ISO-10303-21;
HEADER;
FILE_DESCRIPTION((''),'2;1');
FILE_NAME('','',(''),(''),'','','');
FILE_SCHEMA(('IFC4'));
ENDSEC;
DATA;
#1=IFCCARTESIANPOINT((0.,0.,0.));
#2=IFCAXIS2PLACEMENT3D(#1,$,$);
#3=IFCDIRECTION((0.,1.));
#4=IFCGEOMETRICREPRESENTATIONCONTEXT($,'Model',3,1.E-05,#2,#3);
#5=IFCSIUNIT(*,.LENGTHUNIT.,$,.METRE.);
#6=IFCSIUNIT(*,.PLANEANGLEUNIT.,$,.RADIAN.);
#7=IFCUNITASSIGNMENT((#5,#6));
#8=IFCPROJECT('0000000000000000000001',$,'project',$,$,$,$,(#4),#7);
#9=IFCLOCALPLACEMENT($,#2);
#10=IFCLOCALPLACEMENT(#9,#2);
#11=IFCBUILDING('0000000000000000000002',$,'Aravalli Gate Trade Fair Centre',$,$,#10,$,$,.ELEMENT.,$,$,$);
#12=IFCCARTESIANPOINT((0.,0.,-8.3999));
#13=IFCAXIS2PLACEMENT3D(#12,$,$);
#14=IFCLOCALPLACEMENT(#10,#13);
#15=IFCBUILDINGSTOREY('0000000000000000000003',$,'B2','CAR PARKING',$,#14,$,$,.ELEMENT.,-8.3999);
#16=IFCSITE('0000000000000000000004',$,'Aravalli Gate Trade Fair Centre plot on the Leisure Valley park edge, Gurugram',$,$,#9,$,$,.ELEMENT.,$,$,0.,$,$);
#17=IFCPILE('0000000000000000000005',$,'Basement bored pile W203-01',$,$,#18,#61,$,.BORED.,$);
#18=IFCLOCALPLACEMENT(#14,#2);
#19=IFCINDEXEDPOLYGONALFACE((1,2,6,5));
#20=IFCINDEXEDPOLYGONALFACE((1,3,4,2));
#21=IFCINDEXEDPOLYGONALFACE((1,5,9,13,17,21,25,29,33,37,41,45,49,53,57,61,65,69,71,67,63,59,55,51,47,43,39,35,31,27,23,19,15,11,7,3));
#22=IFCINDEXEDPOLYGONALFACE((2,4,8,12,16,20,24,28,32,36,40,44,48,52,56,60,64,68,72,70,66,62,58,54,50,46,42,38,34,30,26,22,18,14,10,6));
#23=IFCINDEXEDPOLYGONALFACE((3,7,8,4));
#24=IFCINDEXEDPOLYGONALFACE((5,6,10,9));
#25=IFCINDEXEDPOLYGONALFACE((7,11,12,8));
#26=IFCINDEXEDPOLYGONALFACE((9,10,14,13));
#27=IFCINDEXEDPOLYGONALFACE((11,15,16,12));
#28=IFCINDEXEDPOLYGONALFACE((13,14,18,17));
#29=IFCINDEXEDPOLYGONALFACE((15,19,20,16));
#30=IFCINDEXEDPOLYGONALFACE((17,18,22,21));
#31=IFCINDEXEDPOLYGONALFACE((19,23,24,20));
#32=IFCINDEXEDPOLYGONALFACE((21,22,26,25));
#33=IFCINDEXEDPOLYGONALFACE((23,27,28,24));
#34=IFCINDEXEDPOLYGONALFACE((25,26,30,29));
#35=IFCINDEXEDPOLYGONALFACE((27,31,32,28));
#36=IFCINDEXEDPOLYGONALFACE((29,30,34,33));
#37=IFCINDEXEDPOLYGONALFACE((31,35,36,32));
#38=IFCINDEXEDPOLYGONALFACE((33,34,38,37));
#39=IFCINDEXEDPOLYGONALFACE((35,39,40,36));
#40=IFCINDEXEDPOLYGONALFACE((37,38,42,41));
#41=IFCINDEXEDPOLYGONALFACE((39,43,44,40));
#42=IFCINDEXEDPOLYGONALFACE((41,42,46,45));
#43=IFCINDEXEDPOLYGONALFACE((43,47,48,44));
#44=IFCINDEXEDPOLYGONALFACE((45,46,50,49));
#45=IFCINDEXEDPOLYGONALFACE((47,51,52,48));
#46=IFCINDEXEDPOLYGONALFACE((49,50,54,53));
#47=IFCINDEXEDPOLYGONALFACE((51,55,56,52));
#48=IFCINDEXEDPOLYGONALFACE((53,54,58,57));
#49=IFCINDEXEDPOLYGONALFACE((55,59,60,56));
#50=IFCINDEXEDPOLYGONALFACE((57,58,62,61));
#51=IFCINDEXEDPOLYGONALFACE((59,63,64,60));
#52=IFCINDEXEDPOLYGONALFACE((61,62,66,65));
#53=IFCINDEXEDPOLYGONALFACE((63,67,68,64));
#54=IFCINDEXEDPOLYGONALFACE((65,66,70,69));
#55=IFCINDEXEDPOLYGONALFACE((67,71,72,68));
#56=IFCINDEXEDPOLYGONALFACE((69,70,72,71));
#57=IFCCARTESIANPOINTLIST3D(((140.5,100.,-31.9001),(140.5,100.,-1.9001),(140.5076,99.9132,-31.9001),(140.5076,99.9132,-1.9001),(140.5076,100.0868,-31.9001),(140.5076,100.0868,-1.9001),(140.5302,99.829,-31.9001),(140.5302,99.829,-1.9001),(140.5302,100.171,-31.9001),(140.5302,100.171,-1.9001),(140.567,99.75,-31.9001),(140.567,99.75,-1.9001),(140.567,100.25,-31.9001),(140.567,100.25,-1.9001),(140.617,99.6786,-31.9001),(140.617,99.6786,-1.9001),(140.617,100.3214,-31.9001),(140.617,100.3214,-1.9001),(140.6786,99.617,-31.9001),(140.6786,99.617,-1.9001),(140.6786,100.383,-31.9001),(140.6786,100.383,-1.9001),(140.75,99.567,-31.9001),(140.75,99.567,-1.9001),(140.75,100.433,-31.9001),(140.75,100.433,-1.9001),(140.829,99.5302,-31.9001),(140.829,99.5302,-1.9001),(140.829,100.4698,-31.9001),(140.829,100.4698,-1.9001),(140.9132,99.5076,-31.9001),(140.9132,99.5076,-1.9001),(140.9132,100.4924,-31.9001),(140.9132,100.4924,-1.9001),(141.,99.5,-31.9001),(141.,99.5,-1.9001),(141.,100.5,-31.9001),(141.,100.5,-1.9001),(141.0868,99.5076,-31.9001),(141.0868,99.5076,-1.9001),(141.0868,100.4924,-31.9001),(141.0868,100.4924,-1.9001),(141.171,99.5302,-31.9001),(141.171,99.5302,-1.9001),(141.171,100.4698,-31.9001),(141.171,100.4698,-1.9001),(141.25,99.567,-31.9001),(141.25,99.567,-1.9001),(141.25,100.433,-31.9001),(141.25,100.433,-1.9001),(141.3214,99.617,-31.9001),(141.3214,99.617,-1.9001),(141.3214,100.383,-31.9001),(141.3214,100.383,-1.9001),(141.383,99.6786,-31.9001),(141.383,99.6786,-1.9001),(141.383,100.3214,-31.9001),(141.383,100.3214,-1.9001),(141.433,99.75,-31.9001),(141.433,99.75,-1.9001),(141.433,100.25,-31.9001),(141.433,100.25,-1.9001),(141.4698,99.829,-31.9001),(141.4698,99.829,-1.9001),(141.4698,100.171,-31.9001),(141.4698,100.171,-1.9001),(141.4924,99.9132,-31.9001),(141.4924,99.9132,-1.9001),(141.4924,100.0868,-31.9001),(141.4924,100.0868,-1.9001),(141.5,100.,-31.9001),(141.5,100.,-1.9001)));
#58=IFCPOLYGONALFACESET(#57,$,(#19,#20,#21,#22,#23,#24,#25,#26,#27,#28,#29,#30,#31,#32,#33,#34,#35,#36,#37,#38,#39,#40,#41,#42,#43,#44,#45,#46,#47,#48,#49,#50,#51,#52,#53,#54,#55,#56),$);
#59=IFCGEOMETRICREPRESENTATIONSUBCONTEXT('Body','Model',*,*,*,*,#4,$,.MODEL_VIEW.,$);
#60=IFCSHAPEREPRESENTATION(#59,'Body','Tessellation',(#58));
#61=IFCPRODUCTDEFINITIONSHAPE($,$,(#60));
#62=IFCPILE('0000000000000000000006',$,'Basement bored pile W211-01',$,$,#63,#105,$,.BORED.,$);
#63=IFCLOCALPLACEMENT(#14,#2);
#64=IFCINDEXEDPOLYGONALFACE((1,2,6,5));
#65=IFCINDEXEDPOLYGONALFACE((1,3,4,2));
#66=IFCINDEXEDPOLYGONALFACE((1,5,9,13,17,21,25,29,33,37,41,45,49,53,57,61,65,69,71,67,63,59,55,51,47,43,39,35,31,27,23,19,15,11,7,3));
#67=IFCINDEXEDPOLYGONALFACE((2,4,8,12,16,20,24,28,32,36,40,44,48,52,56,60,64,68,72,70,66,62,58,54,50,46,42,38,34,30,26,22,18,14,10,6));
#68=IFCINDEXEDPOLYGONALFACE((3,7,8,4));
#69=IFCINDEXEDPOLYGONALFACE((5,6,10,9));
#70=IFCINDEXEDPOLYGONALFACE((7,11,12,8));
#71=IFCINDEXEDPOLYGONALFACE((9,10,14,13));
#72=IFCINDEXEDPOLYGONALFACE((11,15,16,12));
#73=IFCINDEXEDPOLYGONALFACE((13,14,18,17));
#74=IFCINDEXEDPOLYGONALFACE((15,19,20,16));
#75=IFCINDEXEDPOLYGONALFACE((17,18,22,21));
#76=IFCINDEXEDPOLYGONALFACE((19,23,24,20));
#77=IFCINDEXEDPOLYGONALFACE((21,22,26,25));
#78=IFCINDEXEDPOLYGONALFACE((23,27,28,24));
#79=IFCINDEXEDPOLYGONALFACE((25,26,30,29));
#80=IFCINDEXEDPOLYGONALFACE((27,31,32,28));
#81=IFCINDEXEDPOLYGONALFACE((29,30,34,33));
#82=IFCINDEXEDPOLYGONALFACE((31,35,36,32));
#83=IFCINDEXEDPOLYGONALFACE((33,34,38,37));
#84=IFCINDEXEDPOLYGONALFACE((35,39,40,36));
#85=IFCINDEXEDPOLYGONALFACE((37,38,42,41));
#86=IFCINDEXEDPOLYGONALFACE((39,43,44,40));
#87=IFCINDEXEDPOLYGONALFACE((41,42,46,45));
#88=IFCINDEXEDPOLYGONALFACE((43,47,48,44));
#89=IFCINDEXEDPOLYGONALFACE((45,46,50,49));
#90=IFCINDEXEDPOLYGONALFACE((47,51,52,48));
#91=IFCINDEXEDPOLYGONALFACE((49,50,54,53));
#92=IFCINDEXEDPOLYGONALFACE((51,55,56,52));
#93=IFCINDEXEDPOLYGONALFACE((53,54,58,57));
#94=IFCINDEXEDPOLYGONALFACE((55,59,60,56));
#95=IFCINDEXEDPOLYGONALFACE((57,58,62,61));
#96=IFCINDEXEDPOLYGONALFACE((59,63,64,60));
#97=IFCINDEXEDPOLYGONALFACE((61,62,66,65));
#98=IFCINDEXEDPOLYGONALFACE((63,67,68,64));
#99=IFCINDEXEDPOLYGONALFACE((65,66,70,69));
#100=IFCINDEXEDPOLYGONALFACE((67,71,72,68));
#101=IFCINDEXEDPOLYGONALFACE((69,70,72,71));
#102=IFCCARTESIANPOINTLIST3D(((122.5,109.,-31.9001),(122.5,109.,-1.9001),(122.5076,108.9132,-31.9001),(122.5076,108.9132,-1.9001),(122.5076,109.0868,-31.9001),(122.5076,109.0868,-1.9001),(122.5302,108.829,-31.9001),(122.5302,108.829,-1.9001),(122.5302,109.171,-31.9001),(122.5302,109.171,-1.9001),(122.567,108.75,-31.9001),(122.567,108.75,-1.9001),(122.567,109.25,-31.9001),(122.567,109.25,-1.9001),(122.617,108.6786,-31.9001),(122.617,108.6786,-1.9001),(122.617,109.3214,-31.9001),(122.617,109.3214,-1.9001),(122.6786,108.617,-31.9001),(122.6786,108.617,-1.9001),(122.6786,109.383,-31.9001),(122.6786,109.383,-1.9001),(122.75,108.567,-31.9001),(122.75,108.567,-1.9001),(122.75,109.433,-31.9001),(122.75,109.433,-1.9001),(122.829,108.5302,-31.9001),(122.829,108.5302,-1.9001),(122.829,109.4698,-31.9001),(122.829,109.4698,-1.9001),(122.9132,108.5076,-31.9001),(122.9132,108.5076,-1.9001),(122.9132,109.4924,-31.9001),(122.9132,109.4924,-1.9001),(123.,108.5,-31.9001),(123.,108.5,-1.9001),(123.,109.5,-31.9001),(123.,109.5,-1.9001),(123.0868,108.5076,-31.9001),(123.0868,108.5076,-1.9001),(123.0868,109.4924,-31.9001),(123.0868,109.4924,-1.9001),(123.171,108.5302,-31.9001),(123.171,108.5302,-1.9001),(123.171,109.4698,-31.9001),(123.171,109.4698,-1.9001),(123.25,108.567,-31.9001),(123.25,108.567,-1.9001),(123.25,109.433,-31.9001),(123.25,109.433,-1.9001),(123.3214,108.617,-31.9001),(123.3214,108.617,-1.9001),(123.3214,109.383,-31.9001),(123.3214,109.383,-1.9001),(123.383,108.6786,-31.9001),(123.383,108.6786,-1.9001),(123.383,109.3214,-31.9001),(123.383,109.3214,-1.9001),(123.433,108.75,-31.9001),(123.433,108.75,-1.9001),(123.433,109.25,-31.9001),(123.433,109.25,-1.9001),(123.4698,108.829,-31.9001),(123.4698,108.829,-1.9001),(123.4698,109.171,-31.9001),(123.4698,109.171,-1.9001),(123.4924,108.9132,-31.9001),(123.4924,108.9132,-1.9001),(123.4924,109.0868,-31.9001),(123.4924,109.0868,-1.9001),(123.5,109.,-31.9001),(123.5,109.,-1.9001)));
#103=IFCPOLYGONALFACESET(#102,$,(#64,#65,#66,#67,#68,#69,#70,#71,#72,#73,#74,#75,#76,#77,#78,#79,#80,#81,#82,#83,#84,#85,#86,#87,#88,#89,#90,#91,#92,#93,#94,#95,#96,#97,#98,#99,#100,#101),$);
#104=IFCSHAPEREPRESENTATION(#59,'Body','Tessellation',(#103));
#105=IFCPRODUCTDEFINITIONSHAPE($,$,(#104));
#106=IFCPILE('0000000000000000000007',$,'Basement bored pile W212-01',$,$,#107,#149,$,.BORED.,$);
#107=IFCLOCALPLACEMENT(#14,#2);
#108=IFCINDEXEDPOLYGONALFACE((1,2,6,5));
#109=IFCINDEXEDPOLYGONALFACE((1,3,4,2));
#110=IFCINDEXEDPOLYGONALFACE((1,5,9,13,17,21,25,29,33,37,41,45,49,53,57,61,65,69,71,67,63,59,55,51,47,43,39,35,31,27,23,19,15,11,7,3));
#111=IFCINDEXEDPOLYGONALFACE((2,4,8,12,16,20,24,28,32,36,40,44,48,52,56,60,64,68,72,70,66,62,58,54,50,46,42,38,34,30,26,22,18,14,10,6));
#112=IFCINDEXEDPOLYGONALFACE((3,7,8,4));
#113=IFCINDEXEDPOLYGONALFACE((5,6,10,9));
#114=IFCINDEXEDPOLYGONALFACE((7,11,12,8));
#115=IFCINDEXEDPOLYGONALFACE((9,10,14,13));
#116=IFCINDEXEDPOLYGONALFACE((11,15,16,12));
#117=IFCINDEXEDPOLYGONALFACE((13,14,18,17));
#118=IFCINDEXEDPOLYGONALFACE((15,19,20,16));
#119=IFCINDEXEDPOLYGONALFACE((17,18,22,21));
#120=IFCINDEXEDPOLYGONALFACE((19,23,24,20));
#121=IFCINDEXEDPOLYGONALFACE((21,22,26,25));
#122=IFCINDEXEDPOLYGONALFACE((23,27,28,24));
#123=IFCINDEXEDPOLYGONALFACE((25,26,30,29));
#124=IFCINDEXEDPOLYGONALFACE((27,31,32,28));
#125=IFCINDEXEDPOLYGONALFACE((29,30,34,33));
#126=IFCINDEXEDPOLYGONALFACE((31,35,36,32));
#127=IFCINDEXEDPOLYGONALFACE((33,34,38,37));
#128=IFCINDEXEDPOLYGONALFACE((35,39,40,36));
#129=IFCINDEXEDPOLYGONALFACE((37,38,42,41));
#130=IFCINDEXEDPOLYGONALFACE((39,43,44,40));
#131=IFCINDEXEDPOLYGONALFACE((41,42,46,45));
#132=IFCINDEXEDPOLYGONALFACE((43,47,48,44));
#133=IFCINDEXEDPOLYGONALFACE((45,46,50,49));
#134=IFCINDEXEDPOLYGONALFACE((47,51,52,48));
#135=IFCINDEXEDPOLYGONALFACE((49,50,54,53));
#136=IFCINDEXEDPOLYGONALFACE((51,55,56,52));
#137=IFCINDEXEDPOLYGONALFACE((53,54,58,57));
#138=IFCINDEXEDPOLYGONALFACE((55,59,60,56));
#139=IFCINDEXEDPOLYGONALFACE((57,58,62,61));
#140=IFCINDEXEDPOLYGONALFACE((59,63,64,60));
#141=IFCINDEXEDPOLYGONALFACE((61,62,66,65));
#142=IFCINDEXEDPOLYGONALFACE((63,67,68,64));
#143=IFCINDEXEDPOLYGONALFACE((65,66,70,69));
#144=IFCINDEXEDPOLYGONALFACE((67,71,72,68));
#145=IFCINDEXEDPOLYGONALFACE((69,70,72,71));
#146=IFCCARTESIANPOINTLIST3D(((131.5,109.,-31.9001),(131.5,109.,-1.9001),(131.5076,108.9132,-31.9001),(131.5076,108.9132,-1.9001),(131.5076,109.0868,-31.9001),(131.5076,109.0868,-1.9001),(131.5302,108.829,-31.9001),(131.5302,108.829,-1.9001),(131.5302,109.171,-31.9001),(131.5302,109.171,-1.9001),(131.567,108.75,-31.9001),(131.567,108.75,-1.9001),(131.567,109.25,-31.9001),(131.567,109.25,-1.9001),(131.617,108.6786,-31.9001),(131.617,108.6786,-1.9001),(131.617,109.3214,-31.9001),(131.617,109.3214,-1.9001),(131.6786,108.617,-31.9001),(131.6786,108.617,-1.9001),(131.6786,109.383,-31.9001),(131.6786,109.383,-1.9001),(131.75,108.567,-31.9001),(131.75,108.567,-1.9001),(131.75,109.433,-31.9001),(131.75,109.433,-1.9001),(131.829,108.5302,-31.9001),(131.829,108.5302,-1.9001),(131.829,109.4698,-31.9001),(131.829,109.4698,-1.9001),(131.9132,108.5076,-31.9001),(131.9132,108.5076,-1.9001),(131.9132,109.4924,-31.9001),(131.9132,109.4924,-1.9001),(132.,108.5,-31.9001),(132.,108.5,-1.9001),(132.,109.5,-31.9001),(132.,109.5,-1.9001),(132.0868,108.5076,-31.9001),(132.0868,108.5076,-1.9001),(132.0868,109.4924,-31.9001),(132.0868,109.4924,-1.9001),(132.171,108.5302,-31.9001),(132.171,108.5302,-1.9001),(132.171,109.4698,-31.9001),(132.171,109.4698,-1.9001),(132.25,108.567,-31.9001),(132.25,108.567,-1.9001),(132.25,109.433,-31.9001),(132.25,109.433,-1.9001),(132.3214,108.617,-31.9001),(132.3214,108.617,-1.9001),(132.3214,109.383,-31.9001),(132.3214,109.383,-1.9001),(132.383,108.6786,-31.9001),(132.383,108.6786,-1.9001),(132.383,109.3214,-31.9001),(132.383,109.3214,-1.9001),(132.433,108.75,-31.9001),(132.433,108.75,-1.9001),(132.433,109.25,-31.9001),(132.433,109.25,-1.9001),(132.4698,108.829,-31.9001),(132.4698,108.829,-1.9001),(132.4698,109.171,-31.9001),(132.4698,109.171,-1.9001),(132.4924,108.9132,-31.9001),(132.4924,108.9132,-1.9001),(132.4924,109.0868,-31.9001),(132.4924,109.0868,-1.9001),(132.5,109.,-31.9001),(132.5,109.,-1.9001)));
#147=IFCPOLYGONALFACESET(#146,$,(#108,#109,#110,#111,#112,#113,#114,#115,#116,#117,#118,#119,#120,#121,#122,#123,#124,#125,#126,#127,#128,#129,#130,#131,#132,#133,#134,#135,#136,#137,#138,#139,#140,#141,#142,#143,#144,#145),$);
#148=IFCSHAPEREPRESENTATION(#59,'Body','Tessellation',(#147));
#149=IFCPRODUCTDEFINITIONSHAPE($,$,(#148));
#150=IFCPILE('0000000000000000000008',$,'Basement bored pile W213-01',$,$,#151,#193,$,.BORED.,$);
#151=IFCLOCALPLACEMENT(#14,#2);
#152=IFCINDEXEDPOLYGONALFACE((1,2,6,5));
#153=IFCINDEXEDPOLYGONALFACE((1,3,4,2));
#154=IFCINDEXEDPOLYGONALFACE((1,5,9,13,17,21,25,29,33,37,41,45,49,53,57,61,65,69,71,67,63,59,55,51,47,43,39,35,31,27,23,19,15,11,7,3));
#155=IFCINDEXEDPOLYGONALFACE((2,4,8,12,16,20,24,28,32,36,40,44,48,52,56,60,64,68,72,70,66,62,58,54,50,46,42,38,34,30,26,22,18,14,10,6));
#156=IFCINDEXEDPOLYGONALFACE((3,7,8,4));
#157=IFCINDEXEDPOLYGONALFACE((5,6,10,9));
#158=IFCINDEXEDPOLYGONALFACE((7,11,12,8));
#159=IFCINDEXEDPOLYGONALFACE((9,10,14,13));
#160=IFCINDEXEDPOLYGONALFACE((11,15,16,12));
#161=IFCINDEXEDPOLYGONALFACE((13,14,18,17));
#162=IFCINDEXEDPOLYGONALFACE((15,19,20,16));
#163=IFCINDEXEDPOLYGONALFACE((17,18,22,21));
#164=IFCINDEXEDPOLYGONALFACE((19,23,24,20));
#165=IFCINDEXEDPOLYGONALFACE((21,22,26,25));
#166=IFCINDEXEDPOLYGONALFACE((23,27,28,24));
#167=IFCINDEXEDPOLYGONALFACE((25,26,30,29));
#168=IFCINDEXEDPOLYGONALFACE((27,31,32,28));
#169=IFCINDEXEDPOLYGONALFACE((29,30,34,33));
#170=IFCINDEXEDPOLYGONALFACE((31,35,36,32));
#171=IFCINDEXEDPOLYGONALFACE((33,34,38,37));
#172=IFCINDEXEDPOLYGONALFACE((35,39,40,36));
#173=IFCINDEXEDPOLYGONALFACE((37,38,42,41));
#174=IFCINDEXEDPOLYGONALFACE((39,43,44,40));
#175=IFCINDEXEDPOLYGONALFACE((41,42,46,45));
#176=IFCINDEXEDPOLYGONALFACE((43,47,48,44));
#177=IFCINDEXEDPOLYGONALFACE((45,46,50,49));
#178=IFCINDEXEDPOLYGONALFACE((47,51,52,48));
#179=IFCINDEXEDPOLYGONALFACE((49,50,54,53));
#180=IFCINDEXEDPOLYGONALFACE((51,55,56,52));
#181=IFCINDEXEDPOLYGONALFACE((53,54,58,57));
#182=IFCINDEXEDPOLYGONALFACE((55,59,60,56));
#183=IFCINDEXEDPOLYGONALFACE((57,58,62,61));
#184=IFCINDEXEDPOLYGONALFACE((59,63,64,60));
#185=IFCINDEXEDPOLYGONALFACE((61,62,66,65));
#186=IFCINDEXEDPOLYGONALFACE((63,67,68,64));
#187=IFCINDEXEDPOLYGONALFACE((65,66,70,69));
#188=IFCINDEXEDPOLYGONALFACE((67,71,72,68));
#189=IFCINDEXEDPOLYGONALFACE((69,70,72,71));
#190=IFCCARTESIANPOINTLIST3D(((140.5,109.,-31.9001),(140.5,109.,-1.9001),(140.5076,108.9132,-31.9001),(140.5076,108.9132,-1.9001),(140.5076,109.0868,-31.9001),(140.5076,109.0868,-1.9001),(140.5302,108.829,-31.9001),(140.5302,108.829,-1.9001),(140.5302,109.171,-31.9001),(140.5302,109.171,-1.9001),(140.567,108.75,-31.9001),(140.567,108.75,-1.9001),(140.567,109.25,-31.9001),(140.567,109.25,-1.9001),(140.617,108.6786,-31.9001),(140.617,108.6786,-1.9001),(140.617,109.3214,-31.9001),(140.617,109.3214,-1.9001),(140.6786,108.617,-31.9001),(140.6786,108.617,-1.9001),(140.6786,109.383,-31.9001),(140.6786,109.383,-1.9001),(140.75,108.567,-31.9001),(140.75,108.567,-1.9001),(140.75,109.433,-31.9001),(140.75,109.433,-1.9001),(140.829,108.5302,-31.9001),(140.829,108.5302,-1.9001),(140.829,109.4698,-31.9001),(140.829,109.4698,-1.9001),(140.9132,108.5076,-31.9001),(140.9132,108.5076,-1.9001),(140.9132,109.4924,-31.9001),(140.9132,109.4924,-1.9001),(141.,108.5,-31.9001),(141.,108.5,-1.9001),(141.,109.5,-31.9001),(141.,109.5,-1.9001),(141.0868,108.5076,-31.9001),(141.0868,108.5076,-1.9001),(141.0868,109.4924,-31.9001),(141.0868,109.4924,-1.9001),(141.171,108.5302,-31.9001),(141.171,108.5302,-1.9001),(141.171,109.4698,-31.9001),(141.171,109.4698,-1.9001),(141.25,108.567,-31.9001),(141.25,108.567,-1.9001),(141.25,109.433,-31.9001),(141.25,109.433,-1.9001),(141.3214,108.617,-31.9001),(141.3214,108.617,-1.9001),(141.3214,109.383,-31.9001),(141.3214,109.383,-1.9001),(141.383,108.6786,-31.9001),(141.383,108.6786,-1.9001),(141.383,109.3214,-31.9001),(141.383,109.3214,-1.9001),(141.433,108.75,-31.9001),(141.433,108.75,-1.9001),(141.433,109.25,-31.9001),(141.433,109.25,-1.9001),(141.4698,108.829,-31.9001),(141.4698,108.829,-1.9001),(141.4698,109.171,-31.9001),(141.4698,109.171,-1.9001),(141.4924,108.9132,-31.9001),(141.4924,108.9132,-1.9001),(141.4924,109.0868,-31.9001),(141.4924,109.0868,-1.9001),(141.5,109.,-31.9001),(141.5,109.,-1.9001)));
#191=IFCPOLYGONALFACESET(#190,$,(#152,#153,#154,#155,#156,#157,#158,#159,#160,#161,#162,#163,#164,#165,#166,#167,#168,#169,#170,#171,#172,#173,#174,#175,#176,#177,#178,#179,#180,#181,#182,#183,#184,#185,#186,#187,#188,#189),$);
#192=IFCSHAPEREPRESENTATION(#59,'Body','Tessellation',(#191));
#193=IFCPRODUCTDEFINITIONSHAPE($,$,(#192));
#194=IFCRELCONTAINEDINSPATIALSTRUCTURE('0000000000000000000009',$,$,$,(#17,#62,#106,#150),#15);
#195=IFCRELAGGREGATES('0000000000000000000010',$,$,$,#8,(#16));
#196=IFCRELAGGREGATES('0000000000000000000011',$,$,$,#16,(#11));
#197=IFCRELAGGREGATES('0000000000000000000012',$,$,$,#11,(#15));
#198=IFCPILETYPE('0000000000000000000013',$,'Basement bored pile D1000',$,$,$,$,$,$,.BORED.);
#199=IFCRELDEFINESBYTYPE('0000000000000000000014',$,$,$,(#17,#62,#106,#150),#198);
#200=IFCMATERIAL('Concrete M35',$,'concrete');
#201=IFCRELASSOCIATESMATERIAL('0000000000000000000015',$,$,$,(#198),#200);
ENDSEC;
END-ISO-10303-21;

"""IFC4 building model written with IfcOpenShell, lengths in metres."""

from ifc_helpers import new_model, si_unit, direction, frame, origin, origin_2d, place, context, subcontext, project, spatial, circle, extrude, material, material_profile, profile_set, type_object, element, save


model = new_model("IFC4")

# Units and contexts
model_context = context("Model", 3, precision=1e-05, world=origin(), true_north=direction((0.0, 1.0)))
body_context = subcontext(model_context, "Body", "Model", "MODEL_VIEW")
ifc_project = project(units=[si_unit("LENGTHUNIT", "METRE"), si_unit("PLANEANGLEUNIT", "RADIAN")], contexts=[model_context])

# Site, building, storey
site_placement = place(None, origin())
site = spatial("IfcSite", under=ifc_project, at=site_placement, Name="Aravalli Gate Trade Fair Centre plot on the Leisure Valley park edge, Gurugram", CompositionType="ELEMENT", RefElevation=0.0)
building_placement = place(site_placement, origin())
building = spatial("IfcBuilding", under=site, at=building_placement, Name="Aravalli Gate Trade Fair Centre", CompositionType="ELEMENT")
storey_placement = place(building_placement, frame((0.0, 0.0, -8.3999)))
storey = spatial("IfcBuildingStorey", under=building, at=storey_placement, Name="B2", Description="CAR PARKING", CompositionType="ELEMENT", Elevation=-8.3999)

# Piles
ifc_material_1 = material(Name="Concrete M35", Category="concrete")
ifc_material_profile_1 = material_profile(ifc_material_1, circle(Radius=0.5, at=origin_2d()), Name="D1000")
ifc_profile_set_1 = profile_set([ifc_material_profile_1], Name="Concrete M35")
pile_type = type_object("IfcPileType", Name="Basement bored pile D1000", PredefinedType="BORED", material=ifc_profile_set_1)
for number, where, z_axis, x_axis, name in (
    (1, (141.0, 100.0, -1.9001), (0.0, 0.0, -1.0), (1.0, 0.0, 0.0), "Basement bored pile W203-01"),
    (2, (123.0, 109.0, -1.9001), (0.0, 0.0, -1.0), (1.0, 0.0, 0.0), "Basement bored pile W211-01"),
    (3, (132.0, 109.0, -1.9001), (0.0, 0.0, -1.0), (1.0, 0.0, 0.0), "Basement bored pile W212-01"),
    (4, (141.0, 109.0, -1.9001), (0.0, 0.0, -1.0), (1.0, 0.0, 0.0), "Basement bored pile W213-01"),
):
    element("IfcPile", number, at=place(storey_placement, frame(where, z_axis=z_axis, x_axis=x_axis)), inside=storey, type_object=pile_type, Name=name, PredefinedType="BORED", context=body_context, shape_type="SweptSolid", body=[
        extrude(circle(Radius=0.5, at=origin_2d()), origin(), (0.0, 0.0, 1.0), 30.0),
    ])

save(model, "model.ifc")
